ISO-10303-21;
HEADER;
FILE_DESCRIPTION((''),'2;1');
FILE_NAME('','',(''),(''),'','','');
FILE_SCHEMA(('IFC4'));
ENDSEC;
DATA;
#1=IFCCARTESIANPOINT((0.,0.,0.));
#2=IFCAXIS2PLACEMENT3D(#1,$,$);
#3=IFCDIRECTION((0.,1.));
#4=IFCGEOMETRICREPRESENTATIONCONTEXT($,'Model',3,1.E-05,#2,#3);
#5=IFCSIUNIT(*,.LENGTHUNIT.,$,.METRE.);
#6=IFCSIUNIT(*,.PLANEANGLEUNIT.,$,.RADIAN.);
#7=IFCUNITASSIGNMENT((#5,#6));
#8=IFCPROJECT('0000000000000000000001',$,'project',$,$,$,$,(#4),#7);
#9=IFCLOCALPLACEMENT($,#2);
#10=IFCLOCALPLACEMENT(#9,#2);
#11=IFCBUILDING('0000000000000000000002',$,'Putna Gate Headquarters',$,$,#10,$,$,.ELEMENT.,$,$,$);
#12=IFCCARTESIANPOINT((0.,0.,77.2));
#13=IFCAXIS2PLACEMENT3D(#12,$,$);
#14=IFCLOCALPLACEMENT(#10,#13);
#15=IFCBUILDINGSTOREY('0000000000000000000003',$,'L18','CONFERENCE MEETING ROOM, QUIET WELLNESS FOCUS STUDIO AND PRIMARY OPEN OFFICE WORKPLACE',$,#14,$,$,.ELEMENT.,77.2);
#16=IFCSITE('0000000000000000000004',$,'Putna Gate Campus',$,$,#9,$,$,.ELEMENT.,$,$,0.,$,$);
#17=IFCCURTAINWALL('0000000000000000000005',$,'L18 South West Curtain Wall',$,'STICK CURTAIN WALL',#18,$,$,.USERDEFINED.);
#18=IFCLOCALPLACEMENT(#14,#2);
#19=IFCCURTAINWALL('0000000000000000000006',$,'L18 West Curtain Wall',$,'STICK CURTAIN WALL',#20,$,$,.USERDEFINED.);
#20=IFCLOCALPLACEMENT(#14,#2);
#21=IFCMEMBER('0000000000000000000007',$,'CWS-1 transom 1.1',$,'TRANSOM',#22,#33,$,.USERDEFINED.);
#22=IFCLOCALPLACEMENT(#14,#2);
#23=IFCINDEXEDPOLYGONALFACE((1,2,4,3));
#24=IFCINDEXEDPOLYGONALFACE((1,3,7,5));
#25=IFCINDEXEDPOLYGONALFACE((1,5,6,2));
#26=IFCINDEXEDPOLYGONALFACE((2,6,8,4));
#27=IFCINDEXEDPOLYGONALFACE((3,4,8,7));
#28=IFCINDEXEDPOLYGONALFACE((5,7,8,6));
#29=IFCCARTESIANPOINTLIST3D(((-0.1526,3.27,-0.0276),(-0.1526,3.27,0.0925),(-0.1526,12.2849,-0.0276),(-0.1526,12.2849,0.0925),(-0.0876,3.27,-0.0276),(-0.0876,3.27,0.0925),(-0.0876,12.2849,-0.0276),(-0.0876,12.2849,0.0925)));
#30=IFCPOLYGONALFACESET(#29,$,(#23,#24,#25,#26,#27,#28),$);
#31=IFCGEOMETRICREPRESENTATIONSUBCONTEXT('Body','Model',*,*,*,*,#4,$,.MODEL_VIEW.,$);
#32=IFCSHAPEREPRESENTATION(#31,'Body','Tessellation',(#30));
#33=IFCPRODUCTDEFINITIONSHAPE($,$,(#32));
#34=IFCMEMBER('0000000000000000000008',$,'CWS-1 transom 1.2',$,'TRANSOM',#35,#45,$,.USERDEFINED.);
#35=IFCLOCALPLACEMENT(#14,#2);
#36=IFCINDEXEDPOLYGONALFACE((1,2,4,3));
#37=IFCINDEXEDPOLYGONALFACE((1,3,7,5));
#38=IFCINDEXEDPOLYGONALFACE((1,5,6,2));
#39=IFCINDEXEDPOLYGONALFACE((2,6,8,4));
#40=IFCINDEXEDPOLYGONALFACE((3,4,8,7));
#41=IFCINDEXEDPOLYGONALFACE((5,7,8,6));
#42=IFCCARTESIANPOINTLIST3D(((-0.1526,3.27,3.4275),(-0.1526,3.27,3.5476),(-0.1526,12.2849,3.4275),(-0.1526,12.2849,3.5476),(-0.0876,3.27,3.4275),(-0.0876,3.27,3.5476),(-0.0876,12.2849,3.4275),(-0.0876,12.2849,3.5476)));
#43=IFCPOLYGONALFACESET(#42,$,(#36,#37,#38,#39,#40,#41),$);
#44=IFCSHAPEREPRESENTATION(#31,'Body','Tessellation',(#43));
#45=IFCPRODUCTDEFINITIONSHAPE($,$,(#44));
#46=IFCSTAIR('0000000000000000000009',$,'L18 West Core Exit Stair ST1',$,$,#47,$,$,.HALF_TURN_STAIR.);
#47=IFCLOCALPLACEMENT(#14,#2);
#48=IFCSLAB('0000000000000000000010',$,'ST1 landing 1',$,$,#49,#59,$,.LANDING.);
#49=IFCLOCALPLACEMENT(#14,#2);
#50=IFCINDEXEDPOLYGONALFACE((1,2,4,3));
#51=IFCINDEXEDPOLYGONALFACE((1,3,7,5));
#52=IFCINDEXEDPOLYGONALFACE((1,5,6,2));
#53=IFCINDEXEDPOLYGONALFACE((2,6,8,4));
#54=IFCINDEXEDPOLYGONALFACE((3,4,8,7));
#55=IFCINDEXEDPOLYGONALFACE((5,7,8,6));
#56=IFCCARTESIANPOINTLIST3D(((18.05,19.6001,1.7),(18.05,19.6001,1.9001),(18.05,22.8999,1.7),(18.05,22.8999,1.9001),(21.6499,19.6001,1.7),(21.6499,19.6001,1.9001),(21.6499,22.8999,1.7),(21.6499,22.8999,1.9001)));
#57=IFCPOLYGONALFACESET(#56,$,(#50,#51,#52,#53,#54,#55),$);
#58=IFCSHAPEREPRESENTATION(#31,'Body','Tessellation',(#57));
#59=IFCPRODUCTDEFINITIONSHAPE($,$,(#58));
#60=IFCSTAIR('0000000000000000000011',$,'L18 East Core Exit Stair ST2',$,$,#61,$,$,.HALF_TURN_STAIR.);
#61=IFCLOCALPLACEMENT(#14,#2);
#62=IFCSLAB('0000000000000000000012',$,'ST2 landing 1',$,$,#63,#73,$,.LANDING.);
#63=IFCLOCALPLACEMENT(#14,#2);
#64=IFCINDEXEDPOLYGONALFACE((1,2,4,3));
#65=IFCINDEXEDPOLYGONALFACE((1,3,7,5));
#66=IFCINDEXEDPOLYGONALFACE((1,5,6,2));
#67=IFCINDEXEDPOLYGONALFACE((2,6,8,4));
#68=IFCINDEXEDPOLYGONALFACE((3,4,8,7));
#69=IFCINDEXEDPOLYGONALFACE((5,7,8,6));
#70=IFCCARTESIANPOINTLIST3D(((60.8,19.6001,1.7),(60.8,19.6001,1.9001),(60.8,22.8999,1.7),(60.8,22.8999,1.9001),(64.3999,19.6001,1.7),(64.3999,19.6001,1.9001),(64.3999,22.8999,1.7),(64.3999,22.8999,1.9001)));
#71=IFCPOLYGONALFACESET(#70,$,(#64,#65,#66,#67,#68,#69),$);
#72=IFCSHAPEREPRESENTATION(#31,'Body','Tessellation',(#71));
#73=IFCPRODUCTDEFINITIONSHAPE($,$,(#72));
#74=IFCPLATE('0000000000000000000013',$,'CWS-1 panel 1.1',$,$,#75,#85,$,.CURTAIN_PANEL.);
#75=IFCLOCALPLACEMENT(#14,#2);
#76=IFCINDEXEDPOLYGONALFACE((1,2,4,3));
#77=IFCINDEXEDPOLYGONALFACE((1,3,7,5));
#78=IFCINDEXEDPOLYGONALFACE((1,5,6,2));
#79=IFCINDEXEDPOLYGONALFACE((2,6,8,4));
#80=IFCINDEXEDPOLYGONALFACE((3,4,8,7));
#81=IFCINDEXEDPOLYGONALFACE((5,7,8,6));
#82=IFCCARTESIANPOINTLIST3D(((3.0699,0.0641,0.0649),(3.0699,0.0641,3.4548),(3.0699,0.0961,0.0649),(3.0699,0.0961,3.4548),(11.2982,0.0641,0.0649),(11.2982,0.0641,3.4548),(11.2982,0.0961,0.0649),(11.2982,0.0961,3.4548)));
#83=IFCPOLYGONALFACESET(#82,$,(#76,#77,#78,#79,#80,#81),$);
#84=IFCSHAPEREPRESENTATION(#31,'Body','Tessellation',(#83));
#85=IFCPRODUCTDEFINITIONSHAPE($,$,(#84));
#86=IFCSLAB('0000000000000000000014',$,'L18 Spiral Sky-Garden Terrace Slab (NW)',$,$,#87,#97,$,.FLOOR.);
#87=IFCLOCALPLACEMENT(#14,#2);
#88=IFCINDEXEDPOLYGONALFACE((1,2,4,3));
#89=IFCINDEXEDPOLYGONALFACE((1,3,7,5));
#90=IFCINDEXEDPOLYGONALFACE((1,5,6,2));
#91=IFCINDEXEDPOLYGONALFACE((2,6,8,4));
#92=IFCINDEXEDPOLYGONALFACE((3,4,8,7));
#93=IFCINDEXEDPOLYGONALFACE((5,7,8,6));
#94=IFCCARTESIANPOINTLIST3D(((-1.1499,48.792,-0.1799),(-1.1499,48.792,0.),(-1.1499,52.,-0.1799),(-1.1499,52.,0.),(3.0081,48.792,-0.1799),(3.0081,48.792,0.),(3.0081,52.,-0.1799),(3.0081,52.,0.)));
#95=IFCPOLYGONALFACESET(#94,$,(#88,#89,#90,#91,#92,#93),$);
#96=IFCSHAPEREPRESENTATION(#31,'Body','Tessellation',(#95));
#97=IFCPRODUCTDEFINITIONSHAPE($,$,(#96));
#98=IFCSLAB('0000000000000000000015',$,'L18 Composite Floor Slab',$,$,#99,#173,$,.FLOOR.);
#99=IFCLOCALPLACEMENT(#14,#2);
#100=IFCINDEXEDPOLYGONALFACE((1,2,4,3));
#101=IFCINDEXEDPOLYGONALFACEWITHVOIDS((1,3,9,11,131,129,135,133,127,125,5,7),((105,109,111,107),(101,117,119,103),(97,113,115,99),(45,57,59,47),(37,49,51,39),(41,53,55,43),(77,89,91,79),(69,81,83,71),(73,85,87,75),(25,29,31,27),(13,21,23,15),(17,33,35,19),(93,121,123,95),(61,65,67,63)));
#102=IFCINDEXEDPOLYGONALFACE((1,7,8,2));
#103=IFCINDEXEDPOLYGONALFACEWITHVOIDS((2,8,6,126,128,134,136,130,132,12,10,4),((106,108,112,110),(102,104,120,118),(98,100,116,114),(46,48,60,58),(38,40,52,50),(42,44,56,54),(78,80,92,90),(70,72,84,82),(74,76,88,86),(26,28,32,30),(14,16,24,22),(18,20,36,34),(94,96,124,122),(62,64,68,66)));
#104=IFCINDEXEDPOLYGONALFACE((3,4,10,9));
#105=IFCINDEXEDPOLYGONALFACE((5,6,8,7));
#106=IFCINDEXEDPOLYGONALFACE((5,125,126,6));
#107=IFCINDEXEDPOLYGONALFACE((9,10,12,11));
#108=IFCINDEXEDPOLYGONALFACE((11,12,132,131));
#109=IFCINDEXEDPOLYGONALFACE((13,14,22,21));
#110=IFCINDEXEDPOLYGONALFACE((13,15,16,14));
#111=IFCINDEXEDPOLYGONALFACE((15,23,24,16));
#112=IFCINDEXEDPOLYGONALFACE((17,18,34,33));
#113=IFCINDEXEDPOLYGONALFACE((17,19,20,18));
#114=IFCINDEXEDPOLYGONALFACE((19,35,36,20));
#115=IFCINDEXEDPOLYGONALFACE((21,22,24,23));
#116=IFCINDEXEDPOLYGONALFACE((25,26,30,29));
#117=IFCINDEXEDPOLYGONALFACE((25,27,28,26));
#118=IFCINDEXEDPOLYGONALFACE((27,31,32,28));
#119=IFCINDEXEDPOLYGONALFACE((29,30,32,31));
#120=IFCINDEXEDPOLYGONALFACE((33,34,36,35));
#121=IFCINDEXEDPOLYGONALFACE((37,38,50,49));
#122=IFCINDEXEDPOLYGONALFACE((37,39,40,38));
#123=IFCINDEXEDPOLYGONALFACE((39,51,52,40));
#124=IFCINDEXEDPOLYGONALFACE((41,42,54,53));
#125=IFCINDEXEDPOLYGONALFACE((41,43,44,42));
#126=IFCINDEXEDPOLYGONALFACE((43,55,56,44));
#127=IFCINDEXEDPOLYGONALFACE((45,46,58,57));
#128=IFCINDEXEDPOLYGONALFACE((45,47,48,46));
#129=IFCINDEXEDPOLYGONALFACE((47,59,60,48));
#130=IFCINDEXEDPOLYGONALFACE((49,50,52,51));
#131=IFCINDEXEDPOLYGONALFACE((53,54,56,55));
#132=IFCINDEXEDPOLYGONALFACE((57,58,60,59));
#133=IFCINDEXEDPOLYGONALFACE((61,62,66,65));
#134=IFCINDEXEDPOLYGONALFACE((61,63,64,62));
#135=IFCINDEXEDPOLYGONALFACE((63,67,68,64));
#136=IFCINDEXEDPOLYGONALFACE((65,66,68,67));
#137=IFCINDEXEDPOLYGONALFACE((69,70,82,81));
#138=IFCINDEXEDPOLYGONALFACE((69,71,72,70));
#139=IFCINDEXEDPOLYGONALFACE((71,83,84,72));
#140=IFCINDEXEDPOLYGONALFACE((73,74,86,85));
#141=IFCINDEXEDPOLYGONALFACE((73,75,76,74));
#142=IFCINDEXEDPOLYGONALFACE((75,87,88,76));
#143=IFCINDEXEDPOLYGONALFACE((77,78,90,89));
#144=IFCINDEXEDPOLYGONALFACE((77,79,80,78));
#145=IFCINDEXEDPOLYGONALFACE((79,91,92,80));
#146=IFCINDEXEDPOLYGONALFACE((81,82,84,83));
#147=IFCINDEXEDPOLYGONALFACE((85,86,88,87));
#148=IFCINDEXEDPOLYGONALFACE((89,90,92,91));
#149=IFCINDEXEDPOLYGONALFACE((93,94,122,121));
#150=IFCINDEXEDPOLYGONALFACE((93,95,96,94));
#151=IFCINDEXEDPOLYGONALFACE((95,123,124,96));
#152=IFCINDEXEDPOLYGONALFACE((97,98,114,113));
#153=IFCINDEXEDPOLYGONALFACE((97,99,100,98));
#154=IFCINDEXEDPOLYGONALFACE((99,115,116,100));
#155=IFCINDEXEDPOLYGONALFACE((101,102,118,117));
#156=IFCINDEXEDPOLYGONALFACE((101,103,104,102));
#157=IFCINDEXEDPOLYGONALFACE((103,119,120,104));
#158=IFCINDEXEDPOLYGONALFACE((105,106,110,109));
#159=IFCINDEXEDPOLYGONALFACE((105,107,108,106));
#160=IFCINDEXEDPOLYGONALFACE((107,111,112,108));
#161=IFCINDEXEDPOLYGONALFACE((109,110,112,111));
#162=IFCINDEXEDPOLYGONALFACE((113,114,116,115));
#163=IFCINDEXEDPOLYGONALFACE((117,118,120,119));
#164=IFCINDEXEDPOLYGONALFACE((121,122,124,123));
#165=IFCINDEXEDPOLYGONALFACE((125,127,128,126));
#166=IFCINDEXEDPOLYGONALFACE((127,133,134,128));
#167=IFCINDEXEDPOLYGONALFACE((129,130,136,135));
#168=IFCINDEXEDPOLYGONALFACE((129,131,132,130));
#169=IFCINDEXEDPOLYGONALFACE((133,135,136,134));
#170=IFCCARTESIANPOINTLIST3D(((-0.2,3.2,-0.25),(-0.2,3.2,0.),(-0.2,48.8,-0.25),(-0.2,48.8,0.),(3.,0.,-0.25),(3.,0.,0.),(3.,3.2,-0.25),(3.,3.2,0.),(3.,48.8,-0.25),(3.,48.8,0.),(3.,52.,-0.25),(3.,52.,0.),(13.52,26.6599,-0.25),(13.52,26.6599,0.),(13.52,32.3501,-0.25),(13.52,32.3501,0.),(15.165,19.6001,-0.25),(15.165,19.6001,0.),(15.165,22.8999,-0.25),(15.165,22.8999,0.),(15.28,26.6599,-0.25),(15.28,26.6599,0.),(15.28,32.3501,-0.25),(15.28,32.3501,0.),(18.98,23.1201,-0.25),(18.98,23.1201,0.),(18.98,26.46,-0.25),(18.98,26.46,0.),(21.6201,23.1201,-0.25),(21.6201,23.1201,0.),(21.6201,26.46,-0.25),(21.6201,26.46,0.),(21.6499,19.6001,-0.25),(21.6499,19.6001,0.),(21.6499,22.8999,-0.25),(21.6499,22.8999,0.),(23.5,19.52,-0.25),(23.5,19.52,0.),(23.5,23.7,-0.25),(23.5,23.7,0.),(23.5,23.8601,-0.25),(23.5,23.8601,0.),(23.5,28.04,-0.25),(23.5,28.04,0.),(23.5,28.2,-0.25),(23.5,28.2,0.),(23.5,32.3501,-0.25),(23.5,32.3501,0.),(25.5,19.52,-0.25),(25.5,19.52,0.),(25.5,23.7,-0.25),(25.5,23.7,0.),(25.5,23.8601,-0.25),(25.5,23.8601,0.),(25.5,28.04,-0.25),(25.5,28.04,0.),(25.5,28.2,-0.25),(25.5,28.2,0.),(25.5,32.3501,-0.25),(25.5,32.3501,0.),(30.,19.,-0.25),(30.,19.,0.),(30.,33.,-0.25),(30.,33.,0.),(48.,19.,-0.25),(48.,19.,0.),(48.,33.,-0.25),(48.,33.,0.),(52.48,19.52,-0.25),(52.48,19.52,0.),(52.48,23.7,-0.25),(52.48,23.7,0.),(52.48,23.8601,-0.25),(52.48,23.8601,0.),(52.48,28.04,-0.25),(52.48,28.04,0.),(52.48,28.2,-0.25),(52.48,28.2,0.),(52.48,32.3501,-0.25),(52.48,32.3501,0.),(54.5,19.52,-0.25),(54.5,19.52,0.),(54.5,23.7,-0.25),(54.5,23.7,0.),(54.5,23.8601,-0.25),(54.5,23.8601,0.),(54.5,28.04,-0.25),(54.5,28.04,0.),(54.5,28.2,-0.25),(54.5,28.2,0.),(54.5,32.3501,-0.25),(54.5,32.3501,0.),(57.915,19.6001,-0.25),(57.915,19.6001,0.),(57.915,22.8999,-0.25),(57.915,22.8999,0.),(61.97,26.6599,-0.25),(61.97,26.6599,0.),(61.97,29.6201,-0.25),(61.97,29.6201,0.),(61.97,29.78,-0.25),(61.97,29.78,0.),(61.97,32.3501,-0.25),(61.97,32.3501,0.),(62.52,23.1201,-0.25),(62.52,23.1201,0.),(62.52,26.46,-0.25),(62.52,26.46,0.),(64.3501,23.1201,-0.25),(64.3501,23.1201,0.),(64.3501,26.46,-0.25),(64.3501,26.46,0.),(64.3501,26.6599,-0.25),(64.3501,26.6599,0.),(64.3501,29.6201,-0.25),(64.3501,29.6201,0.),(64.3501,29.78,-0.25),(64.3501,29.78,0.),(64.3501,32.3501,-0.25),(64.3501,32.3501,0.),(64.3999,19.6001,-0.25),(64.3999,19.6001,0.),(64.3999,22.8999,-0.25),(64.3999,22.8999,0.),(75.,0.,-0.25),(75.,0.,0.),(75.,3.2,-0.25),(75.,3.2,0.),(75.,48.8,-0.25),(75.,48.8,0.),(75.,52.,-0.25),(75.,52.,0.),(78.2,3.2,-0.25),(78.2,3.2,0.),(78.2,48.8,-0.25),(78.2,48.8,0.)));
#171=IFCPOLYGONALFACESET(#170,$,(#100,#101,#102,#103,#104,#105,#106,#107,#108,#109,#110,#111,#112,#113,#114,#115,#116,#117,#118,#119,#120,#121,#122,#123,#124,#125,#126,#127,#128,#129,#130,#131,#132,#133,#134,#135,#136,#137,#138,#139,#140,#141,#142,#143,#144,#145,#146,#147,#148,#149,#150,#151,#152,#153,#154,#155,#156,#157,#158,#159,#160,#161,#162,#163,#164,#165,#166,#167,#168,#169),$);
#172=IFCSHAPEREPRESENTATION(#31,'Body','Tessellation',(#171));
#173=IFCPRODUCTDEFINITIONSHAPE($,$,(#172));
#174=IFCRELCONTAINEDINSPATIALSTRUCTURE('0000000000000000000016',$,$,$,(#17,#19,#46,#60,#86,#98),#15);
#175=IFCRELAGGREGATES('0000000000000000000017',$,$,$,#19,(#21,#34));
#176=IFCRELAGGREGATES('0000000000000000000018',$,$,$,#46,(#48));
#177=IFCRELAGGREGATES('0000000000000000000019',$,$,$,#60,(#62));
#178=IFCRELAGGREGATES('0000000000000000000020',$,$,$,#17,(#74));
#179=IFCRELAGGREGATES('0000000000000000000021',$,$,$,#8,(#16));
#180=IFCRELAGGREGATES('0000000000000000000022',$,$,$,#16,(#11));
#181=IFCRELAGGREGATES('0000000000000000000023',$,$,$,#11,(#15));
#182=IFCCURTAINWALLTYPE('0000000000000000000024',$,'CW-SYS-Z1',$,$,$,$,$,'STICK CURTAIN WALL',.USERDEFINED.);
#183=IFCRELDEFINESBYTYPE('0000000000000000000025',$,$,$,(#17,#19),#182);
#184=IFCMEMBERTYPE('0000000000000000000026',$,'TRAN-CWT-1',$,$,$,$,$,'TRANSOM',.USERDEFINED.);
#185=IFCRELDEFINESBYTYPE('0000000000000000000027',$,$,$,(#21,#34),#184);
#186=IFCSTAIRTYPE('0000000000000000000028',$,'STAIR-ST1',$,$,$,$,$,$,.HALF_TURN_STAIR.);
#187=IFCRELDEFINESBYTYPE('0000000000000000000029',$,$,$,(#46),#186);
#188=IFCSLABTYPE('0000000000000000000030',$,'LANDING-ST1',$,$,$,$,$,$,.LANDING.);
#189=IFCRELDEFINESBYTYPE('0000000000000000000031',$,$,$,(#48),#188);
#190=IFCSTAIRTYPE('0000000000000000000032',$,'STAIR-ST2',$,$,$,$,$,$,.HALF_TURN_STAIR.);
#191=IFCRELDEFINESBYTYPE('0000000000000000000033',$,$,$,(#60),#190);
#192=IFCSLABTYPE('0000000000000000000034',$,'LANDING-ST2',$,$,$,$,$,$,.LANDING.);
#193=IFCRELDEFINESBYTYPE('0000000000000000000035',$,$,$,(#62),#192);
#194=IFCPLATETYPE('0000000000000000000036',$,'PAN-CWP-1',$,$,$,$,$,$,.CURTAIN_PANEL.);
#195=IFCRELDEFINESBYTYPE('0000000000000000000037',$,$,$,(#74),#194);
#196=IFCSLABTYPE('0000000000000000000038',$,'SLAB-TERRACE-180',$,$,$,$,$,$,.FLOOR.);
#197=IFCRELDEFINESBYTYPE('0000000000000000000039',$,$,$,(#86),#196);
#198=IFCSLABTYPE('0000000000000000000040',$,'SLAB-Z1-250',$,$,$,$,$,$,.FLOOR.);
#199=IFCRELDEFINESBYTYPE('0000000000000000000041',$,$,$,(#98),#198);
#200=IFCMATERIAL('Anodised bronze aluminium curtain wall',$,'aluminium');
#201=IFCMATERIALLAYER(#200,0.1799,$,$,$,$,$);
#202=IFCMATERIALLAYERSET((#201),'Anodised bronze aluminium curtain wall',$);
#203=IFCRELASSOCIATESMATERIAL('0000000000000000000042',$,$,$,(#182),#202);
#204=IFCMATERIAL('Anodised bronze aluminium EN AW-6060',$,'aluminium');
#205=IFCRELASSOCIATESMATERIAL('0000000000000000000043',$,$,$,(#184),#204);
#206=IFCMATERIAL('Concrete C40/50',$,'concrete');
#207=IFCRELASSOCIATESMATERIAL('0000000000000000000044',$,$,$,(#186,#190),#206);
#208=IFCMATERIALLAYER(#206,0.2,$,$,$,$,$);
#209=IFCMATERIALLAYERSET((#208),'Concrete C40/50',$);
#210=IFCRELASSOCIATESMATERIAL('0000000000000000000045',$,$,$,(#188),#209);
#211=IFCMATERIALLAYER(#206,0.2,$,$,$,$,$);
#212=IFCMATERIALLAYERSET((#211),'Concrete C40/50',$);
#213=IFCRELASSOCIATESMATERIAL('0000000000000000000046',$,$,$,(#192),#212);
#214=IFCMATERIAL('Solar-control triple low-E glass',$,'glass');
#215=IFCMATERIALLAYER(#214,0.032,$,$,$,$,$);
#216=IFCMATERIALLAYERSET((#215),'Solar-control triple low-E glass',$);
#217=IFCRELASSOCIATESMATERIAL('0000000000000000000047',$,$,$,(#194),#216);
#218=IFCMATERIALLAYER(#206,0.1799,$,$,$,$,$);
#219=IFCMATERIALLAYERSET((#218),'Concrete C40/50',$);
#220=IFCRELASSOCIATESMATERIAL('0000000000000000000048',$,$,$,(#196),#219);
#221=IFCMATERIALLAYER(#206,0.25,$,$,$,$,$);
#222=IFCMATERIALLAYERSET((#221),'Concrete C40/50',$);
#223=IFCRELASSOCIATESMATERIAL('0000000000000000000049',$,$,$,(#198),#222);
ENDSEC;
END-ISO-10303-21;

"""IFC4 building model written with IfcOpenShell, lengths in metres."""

from ifc_helpers import new_model, si_unit, direction, frame, origin, origin_2d, place, context, subcontext, project, spatial, polyline, rectangle, outline, extrude, material, layer, layer_set, material_profile, profile_set, type_object, element, aggregate, save


model = new_model("IFC4")

# Units and contexts
model_context = context("Model", 3, precision=1e-05, world=origin(), true_north=direction((0.0, 1.0)))
body_context = subcontext(model_context, "Body", "Model", "MODEL_VIEW")
ifc_project = project(units=[si_unit("LENGTHUNIT", "METRE"), si_unit("PLANEANGLEUNIT", "RADIAN")], contexts=[model_context])

# Site, building, storey
site_placement = place(None, origin())
site = spatial("IfcSite", under=ifc_project, at=site_placement, Name="Putna Gate Campus", CompositionType="ELEMENT", RefElevation=0.0)
building_placement = place(site_placement, origin())
building = spatial("IfcBuilding", under=site, at=building_placement, Name="Putna Gate Headquarters", CompositionType="ELEMENT")
storey_placement = place(building_placement, frame((0.0, 0.0, 77.2)))
storey = spatial("IfcBuildingStorey", under=building, at=storey_placement, Name="L18", Description="CONFERENCE MEETING ROOM, QUIET WELLNESS FOCUS STUDIO AND PRIMARY OPEN OFFICE WORKPLACE", CompositionType="ELEMENT", Elevation=77.2)

# Curtain wall
ifc_material_1 = material(Name="Anodised bronze aluminium curtain wall", Category="aluminium")
ifc_layer_1 = layer(ifc_material_1, 0.1799)
ifc_layer_set_1 = layer_set([ifc_layer_1], Name="Anodised bronze aluminium curtain wall")
curtain_wall_type = type_object("IfcCurtainWallType", Name="CW-SYS-Z1", ElementType="STICK CURTAIN WALL", PredefinedType="USERDEFINED", material=ifc_layer_set_1)
curtain_wall_1_placement = place(storey_placement, origin())
curtain_wall_1 = element("IfcCurtainWall", 1, at=curtain_wall_1_placement, inside=storey, type_object=curtain_wall_type, Name="L18 South West Curtain Wall", ObjectType="STICK CURTAIN WALL", PredefinedType="USERDEFINED")
ifc_material_2 = material(Name="Anodised bronze aluminium EN AW-6060", Category="aluminium")

# Curtain wall
curtain_wall_2_placement = place(storey_placement, origin())
curtain_wall_2 = element("IfcCurtainWall", 2, at=curtain_wall_2_placement, inside=storey, type_object=curtain_wall_type, Name="L18 West Curtain Wall", ObjectType="STICK CURTAIN WALL", PredefinedType="USERDEFINED")

# Members
ifc_material_profile_1 = material_profile(ifc_material_2, rectangle(XDim=0.0649, YDim=0.1201, at=origin_2d()), Name="Anodised bronze aluminium EN AW-6060")
ifc_profile_set_1 = profile_set([ifc_material_profile_1], Name="Anodised bronze aluminium EN AW-6060")
member_type_1 = type_object("IfcMemberType", Name="TRAN-CWT-1", ElementType="TRANSOM", PredefinedType="USERDEFINED", material=ifc_profile_set_1)
member_1_placement = place(storey_placement, frame((-0.1201, 3.27, 0.0325), z_axis=(0.0, 1.0, 0.0), x_axis=(-1.0, 0.0, 0.0)))
member_1 = element("IfcMember", 3, at=member_1_placement, type_object=member_type_1, Name="CWS-1 transom 1.1", ObjectType="TRANSOM", PredefinedType="USERDEFINED", context=body_context, shape_type="SweptSolid", body=[
    extrude(rectangle(XDim=0.0649, YDim=0.1201, at=origin_2d()), origin(), (0.0, 0.0, 1.0), 9.0149),
])
member_2_placement = place(storey_placement, frame((-0.1201, 3.27, 3.4875), z_axis=(0.0, 1.0, 0.0), x_axis=(-1.0, 0.0, 0.0)))
member_2 = element("IfcMember", 4, at=member_2_placement, type_object=member_type_1, Name="CWS-1 transom 1.2", ObjectType="TRANSOM", PredefinedType="USERDEFINED", context=body_context, shape_type="SweptSolid", body=[
    extrude(rectangle(XDim=0.0649, YDim=0.1201, at=origin_2d()), origin(), (0.0, 0.0, 1.0), 9.0149),
])
aggregate(curtain_wall_2, [member_1, member_2])

# Stairs, slabs
ifc_material_3 = material(Name="Concrete C40/50", Category="concrete")
stair_type_1 = type_object("IfcStairType", Name="STAIR-ST1", PredefinedType="HALF_TURN_STAIR", material=ifc_material_3)
stair_1_placement = place(storey_placement, origin())
stair_1 = element("IfcStair", 5, at=stair_1_placement, inside=storey, type_object=stair_type_1, Name="L18 West Core Exit Stair ST1", PredefinedType="HALF_TURN_STAIR")
ifc_layer_2 = layer(ifc_material_3, 0.2)
ifc_layer_set_2 = layer_set([ifc_layer_2], Name="Concrete C40/50")
slab_type_1 = type_object("IfcSlabType", Name="LANDING-ST1", PredefinedType="LANDING", material=ifc_layer_set_2)
slab_1_placement = place(storey_placement, frame((0.0, 0.0, 1.7)))
slab_1 = element("IfcSlab", 6, at=slab_1_placement, type_object=slab_type_1, Name="ST1 landing 1", PredefinedType="LANDING", context=body_context, shape_type="SweptSolid", body=[
    extrude(outline(polyline([(18.05, 19.6001), (21.6499, 19.6001), (21.6499, 22.8999), (18.05, 22.8999), (18.05, 19.6001)])), origin(), (0.0, 0.0, 1.0), 0.2002),
])
aggregate(stair_1, [slab_1])
stair_type_2 = type_object("IfcStairType", Name="STAIR-ST2", PredefinedType="HALF_TURN_STAIR", material=ifc_material_3)
stair_2_placement = place(storey_placement, origin())
stair_2 = element("IfcStair", 7, at=stair_2_placement, inside=storey, type_object=stair_type_2, Name="L18 East Core Exit Stair ST2", PredefinedType="HALF_TURN_STAIR")
ifc_layer_3 = layer(ifc_material_3, 0.2)
ifc_layer_set_3 = layer_set([ifc_layer_3], Name="Concrete C40/50")
slab_type_2 = type_object("IfcSlabType", Name="LANDING-ST2", PredefinedType="LANDING", material=ifc_layer_set_3)
slab_2_placement = place(storey_placement, frame((0.0, 0.0, 1.7)))
slab_2 = element("IfcSlab", 8, at=slab_2_placement, type_object=slab_type_2, Name="ST2 landing 1", PredefinedType="LANDING", context=body_context, shape_type="SweptSolid", body=[
    extrude(outline(polyline([(60.8, 19.6001), (64.3999, 19.6001), (64.3999, 22.8999), (60.8, 22.8999), (60.8, 19.6001)])), origin(), (0.0, 0.0, 1.0), 0.2002),
])
aggregate(stair_2, [slab_2])

# Plate
ifc_material_4 = material(Name="Solar-control triple low-E glass", Category="glass")
ifc_layer_4 = layer(ifc_material_4, 0.032)
ifc_layer_set_4 = layer_set([ifc_layer_4], Name="Solar-control triple low-E glass")
plate_type = type_object("IfcPlateType", Name="PAN-CWP-1", PredefinedType="CURTAIN_PANEL", material=ifc_layer_set_4)
plate_placement = place(storey_placement, frame((7.1841, 0.0801, 0.0649), z_axis=(0.0, 0.0, 1.0), x_axis=(1.0, 0.0, 0.0)))
plate = element("IfcPlate", 9, at=plate_placement, type_object=plate_type, Name="CWS-1 panel 1.1", PredefinedType="CURTAIN_PANEL", context=body_context, shape_type="SweptSolid", body=[
    extrude(rectangle(XDim=8.2283, YDim=0.032, at=origin_2d()), origin(), (0.0, 0.0, 1.0), 3.3899),
])
aggregate(curtain_wall_1, [plate])

# Slabs
ifc_layer_5 = layer(ifc_material_3, 0.1799)
ifc_layer_set_5 = layer_set([ifc_layer_5], Name="Concrete C40/50")
slab_type_3 = type_object("IfcSlabType", Name="SLAB-TERRACE-180", PredefinedType="FLOOR", material=ifc_layer_set_5)
slab_3_placement = place(storey_placement, frame((0.0, 0.0, -0.1799)))
element("IfcSlab", 10, at=slab_3_placement, inside=storey, type_object=slab_type_3, Name="L18 Spiral Sky-Garden Terrace Slab (NW)", PredefinedType="FLOOR", context=body_context, shape_type="SweptSolid", body=[
    extrude(outline(polyline([(-1.1499, 48.792), (3.0081, 48.792), (3.0081, 52.0), (-1.1499, 52.0), (-1.1499, 48.792)])), origin(), (0.0, 0.0, 1.0), 0.1799),
])
ifc_layer_6 = layer(ifc_material_3, 0.25)
ifc_layer_set_6 = layer_set([ifc_layer_6], Name="Concrete C40/50")
slab_type_4 = type_object("IfcSlabType", Name="SLAB-Z1-250", PredefinedType="FLOOR", material=ifc_layer_set_6)
slab_4_placement = place(storey_placement, frame((0.0, 0.0, -0.25)))
element("IfcSlab", 11, at=slab_4_placement, inside=storey, type_object=slab_type_4, Name="L18 Composite Floor Slab", PredefinedType="FLOOR", context=body_context, shape_type="SweptSolid", body=[
    extrude(outline(polyline([(3.0, 0.0), (75.0, 0.0), (75.0, 3.2), (78.2, 3.2), (78.2, 48.8), (75.0, 48.8), (75.0, 52.0), (3.0, 52.0), (3.0, 48.8), (-0.2, 48.8), (-0.2, 3.2), (3.0, 3.2), (3.0, 0.0)]), holes=[polyline([(15.165, 19.6001), (21.6499, 19.6001), (21.6499, 22.8999), (15.165, 22.8999), (15.165, 19.6001)]), polyline([(57.915, 19.6001), (64.3999, 19.6001), (64.3999, 22.8999), (57.915, 22.8999), (57.915, 19.6001)]), polyline([(13.52, 26.6599), (15.28, 26.6599), (15.28, 32.3501), (13.52, 32.3501), (13.52, 26.6599)]), polyline([(61.97, 29.78), (64.3501, 29.78), (64.3501, 32.3501), (61.97, 32.3501), (61.97, 29.78)]), polyline([(18.98, 23.1201), (21.6201, 23.1201), (21.6201, 26.46), (18.98, 26.46), (18.98, 23.1201)]), polyline([(62.52, 23.1201), (64.3501, 23.1201), (64.3501, 26.46), (62.52, 26.46), (62.52, 23.1201)]), polyline([(61.97, 26.6599), (64.3501, 26.6599), (64.3501, 29.6201), (61.97, 29.6201), (61.97, 26.6599)]), polyline([(23.5, 19.52), (25.5, 19.52), (25.5, 23.7), (23.5, 23.7), (23.5, 19.52)]), polyline([(52.48, 19.52), (54.5, 19.52), (54.5, 23.7), (52.48, 23.7), (52.48, 19.52)]), polyline([(23.5, 23.8601), (25.5, 23.8601), (25.5, 28.04), (23.5, 28.04), (23.5, 23.8601)]), polyline([(52.48, 23.8601), (54.5, 23.8601), (54.5, 28.04), (52.48, 28.04), (52.48, 23.8601)]), polyline([(23.5, 28.2), (25.5, 28.2), (25.5, 32.3501), (23.5, 32.3501), (23.5, 28.2)]), polyline([(52.48, 28.2), (54.5, 28.2), (54.5, 32.3501), (52.48, 32.3501), (52.48, 28.2)]), polyline([(30.0, 19.0), (48.0, 19.0), (48.0, 33.0), (30.0, 33.0), (30.0, 19.0)])]), origin(), (0.0, 0.0, 1.0), 0.25),
])

save(model, "model.ifc")
